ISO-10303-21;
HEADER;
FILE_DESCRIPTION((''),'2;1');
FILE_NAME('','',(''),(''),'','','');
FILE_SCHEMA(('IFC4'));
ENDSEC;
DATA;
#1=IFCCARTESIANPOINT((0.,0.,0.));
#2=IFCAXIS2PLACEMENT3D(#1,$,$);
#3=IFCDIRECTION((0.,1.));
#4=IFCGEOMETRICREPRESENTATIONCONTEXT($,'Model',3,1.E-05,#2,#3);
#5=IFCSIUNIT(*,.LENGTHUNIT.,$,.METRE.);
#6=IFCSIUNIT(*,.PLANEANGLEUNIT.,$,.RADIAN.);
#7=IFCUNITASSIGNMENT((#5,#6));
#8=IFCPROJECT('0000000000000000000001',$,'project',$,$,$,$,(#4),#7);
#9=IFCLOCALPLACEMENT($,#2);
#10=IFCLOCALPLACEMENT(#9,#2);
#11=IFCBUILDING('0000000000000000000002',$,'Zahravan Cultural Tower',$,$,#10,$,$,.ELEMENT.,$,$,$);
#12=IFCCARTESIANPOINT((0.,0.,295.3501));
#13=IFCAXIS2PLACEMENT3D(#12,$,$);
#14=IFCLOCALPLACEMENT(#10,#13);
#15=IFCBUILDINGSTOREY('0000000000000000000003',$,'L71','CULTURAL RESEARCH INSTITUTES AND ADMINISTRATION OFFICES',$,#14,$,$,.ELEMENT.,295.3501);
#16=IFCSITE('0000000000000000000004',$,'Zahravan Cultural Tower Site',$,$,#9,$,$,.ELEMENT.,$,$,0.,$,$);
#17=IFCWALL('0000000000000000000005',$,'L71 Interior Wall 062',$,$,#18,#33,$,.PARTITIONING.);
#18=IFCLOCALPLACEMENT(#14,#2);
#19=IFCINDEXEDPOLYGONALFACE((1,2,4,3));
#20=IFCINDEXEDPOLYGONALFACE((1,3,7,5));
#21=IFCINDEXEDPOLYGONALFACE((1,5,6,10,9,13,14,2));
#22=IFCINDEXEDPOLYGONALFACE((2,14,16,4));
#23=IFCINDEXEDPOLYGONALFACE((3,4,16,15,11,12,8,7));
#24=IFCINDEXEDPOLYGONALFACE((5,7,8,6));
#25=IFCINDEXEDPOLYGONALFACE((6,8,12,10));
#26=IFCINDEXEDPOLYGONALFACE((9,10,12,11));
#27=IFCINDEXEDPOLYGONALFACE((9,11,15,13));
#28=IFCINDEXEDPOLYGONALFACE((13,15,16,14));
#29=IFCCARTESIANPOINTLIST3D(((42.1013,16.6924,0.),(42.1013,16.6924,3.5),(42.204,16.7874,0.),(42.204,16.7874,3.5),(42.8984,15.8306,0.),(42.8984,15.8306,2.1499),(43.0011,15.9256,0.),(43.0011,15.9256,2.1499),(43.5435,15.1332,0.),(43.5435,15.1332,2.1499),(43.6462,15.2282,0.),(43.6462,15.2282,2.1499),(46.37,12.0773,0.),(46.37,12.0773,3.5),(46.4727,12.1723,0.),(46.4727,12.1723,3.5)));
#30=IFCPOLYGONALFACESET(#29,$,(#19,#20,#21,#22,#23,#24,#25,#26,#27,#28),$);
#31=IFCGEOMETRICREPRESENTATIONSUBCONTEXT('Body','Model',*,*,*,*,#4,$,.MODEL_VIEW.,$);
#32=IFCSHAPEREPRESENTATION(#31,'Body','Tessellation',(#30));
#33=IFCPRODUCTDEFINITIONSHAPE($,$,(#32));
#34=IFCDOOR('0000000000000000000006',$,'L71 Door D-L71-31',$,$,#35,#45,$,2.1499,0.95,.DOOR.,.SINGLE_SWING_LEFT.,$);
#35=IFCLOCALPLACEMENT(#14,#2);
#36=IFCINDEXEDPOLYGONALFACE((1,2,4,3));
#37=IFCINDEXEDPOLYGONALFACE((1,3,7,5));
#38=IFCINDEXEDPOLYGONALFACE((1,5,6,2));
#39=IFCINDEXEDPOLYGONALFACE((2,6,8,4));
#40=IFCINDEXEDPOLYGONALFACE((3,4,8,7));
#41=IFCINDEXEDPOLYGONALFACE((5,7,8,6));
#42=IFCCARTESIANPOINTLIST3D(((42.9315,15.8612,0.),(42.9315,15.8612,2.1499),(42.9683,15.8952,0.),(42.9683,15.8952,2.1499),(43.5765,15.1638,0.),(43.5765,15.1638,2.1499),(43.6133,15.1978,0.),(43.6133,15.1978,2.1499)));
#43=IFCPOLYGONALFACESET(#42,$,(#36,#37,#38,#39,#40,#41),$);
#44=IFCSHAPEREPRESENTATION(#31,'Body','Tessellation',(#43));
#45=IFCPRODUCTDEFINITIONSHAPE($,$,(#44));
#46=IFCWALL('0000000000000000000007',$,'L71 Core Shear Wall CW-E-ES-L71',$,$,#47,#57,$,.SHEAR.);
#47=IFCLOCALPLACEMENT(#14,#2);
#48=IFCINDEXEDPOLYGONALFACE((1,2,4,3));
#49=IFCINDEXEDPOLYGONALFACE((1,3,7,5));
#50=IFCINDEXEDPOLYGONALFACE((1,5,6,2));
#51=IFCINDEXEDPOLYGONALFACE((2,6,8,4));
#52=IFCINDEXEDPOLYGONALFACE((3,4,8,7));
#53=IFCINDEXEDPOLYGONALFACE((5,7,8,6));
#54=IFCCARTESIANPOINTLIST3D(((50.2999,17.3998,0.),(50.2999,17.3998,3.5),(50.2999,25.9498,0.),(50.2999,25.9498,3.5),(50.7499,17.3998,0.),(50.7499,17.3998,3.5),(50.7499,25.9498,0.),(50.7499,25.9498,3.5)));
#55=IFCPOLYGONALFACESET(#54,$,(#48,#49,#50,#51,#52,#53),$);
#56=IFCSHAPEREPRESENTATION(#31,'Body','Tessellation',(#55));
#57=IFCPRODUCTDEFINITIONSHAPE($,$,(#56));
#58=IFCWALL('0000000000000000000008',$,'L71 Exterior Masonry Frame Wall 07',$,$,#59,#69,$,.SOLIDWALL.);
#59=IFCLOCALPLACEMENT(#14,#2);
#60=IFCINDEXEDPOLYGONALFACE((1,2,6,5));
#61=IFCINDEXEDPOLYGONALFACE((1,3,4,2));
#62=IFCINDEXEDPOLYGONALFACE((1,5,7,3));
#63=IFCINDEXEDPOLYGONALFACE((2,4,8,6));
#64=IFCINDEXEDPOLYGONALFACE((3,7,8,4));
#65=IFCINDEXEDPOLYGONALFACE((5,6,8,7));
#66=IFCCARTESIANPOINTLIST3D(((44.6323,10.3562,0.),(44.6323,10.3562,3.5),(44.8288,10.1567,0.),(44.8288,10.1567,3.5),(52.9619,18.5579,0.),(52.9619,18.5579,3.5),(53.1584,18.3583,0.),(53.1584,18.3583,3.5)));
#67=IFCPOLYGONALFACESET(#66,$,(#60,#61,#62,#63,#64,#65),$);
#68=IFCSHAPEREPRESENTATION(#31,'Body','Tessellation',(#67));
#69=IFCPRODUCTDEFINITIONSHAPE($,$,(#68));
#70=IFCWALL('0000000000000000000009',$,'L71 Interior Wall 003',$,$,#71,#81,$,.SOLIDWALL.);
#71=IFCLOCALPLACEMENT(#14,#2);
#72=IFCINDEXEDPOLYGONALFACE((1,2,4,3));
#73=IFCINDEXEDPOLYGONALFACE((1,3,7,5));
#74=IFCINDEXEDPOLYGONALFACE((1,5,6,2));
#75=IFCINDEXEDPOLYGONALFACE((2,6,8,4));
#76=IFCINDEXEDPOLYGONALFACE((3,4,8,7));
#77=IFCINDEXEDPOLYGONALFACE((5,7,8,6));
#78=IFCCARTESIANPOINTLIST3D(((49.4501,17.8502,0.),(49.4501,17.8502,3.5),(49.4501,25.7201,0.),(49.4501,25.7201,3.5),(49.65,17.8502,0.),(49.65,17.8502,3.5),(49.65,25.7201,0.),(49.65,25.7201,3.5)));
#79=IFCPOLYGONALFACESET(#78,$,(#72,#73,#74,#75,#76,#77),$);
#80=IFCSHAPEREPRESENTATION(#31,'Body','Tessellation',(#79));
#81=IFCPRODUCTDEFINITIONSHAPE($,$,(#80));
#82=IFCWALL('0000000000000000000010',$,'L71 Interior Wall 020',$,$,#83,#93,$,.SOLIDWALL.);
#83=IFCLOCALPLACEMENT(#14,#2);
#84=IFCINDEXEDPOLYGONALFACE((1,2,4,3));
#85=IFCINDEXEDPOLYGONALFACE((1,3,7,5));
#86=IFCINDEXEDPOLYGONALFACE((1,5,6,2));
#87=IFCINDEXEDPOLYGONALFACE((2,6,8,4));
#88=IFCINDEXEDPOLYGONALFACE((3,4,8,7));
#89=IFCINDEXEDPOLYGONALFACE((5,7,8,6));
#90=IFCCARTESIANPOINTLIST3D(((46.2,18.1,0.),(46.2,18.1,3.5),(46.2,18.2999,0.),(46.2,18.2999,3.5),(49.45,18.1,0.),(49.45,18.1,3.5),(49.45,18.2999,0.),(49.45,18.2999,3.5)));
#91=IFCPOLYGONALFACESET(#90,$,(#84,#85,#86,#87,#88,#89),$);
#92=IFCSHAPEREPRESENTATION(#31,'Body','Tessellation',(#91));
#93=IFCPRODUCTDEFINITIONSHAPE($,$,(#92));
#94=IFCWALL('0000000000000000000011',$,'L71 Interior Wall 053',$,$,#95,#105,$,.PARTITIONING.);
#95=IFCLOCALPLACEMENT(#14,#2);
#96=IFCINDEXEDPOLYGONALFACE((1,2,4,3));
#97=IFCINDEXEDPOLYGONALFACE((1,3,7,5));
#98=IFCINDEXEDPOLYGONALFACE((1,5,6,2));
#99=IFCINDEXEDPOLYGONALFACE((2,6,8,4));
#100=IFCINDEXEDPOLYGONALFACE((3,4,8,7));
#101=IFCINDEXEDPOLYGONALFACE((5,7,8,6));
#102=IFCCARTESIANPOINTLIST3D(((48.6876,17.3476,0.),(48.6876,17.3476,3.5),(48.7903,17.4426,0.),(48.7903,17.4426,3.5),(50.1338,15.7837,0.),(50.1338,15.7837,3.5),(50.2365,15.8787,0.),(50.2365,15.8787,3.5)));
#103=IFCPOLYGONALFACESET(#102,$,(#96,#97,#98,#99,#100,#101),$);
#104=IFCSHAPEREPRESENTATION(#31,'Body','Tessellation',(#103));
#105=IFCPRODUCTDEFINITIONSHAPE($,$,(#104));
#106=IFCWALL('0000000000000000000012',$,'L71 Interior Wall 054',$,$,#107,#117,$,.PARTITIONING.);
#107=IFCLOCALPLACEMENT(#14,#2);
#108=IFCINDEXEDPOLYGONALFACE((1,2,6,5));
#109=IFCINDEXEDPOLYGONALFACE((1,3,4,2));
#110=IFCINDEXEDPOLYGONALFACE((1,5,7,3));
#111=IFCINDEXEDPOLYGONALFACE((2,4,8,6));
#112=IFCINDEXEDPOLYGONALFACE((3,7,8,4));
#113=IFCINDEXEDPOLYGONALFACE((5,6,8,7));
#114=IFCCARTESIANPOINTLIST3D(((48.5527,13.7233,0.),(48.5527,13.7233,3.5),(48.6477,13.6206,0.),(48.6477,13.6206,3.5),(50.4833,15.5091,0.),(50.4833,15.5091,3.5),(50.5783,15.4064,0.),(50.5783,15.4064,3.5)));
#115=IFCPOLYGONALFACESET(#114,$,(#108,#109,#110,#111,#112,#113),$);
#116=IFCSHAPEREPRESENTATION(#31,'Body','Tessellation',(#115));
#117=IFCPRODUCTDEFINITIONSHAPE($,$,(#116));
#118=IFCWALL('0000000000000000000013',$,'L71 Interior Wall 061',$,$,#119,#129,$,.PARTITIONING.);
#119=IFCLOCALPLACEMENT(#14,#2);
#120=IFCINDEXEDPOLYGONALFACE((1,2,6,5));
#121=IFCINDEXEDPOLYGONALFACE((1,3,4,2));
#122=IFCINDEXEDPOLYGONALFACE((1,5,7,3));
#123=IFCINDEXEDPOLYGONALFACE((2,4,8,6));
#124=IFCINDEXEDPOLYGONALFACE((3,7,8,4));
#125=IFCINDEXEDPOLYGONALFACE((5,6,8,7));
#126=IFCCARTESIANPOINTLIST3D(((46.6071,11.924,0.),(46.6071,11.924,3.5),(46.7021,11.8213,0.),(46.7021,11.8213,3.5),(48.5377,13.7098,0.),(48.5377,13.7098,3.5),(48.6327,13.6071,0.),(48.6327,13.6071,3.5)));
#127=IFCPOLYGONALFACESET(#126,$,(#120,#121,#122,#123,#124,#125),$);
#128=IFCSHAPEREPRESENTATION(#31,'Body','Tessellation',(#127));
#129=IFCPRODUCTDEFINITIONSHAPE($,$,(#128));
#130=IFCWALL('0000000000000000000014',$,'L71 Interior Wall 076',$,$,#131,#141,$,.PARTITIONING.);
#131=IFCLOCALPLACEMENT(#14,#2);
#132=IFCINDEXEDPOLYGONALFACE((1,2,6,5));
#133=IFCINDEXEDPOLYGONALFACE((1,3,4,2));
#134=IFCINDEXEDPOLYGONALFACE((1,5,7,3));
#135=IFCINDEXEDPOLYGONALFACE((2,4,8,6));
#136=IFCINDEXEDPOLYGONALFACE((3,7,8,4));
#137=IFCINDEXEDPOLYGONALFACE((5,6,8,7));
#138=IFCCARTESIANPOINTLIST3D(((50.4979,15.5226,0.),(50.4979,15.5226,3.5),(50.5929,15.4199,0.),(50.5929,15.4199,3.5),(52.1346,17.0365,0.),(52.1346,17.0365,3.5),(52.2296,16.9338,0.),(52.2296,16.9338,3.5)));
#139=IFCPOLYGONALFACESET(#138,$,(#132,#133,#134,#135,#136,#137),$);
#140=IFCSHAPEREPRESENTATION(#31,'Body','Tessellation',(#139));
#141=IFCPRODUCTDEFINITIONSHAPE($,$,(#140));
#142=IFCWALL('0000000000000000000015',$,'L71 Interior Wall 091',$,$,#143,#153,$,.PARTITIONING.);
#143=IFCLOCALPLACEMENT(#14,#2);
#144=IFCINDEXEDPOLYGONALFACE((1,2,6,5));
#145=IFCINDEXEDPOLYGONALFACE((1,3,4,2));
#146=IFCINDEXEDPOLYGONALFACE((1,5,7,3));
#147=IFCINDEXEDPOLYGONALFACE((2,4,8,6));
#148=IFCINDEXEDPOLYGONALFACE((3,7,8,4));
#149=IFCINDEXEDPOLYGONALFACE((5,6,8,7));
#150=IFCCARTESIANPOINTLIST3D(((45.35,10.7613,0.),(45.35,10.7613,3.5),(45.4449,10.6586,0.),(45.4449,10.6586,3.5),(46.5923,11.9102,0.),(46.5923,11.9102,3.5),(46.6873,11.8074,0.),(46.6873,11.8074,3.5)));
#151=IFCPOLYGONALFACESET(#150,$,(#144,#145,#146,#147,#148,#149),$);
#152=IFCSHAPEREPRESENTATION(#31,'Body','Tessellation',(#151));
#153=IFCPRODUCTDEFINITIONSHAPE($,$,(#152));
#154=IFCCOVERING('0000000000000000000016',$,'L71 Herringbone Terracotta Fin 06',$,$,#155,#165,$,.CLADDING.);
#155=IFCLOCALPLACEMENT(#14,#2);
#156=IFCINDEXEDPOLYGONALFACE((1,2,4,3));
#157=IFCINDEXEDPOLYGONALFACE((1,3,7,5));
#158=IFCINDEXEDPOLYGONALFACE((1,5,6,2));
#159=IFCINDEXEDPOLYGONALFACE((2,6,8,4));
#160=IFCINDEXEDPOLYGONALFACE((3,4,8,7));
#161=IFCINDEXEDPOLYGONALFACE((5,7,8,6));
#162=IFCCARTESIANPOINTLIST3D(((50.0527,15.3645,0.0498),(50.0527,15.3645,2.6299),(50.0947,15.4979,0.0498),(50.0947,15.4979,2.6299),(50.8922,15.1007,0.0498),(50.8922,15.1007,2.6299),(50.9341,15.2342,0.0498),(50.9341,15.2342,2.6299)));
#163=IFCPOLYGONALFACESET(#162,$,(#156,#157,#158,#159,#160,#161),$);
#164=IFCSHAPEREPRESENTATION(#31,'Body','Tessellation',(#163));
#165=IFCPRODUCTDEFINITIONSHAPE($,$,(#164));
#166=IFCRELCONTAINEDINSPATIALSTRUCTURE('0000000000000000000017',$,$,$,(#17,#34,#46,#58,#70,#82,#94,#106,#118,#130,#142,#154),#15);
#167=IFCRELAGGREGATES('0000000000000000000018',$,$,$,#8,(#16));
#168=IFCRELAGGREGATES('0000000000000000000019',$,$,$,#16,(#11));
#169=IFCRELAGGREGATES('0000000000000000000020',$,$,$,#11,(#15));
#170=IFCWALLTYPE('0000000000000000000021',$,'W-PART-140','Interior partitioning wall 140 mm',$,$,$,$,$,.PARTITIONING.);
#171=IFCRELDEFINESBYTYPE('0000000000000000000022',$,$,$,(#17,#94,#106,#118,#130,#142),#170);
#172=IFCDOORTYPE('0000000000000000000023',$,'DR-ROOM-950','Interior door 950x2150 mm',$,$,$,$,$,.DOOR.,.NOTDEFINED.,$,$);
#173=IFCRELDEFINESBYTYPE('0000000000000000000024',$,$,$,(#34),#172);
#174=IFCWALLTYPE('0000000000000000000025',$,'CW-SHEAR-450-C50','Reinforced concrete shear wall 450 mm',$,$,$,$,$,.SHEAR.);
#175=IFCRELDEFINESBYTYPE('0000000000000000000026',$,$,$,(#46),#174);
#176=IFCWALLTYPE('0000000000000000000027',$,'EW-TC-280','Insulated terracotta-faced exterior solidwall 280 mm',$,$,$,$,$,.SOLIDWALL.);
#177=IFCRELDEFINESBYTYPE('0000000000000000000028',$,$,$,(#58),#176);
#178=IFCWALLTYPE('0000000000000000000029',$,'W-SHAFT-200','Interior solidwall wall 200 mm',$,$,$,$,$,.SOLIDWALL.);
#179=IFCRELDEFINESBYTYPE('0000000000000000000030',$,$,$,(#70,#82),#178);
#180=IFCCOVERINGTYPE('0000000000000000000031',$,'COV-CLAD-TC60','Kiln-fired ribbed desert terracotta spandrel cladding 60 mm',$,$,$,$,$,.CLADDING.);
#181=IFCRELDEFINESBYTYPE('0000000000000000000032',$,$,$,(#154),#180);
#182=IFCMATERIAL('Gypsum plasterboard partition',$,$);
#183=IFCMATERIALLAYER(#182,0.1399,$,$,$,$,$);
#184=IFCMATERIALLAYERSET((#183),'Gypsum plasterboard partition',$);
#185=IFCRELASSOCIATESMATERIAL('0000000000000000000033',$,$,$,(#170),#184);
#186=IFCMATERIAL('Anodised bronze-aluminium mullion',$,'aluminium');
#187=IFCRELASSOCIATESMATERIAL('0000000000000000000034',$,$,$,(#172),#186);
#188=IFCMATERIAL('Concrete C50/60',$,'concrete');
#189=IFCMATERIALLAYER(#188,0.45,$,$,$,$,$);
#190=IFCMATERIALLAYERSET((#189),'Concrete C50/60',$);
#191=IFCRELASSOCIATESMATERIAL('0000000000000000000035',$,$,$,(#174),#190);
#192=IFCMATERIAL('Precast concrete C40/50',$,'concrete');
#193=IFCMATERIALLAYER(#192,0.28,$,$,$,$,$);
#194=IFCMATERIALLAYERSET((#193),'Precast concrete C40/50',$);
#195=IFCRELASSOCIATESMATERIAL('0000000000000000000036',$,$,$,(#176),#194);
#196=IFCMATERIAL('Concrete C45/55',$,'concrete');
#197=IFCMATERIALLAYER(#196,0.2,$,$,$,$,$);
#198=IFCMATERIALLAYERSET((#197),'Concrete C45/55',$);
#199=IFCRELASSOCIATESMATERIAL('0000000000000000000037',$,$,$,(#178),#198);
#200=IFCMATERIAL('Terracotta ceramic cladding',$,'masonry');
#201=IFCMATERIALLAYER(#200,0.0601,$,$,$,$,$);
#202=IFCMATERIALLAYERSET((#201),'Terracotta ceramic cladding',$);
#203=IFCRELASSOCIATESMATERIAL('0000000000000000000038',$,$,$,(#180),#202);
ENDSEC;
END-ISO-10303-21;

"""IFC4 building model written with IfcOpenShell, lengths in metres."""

from ifc_helpers import new_model, si_unit, direction, frame, frame_2d, origin, origin_2d, place, context, subcontext, project, spatial, rectangle, extrude, source, transform, mapped, material, layer, layer_set, type_object, element, fill, save


model = new_model("IFC4")

# Units and contexts
model_context = context("Model", 3, precision=1e-05, world=origin(), true_north=direction((0.0, 1.0)))
body_context = subcontext(model_context, "Body", "Model", "MODEL_VIEW")
ifc_project = project(units=[si_unit("LENGTHUNIT", "METRE"), si_unit("PLANEANGLEUNIT", "RADIAN")], contexts=[model_context])

# Site, building, storey
site_placement = place(None, origin())
site = spatial("IfcSite", under=ifc_project, at=site_placement, Name="Zahravan Cultural Tower Site", CompositionType="ELEMENT", RefElevation=0.0)
building_placement = place(site_placement, origin())
building = spatial("IfcBuilding", under=site, at=building_placement, Name="Zahravan Cultural Tower", CompositionType="ELEMENT")
storey_placement = place(building_placement, frame((0.0, 0.0, 295.3501)))
storey = spatial("IfcBuildingStorey", under=building, at=storey_placement, Name="L71", Description="CULTURAL RESEARCH INSTITUTES AND ADMINISTRATION OFFICES", CompositionType="ELEMENT", Elevation=295.3501)

# Shared definitions
ifc_material_1 = material(Name="Concrete C50/60", Category="concrete")

# Wall, opening, door
ifc_material_2 = material(Name="Gypsum plasterboard partition")
ifc_layer_1 = layer(ifc_material_2, 0.1399)
ifc_layer_set_1 = layer_set([ifc_layer_1], Name="Gypsum plasterboard partition")
wall_type_1 = type_object("IfcWallType", Name="W-PART-140", Description="Interior partitioning wall 140 mm", PredefinedType="PARTITIONING", material=ifc_layer_set_1)
ifc_material_3 = material(Name="Anodised bronze-aluminium mullion", Category="aluminium")
door_type = type_object("IfcDoorType", Name="DR-ROOM-950", Description="Interior door 950x2150 mm", OperationType="NOTDEFINED", PredefinedType="DOOR", material=ifc_material_3)
shared_shape_1 = source(origin(), body_context, "Body", "SweptSolid", [
    extrude(rectangle(XDim=0.95, YDim=2.1499, at=frame_2d((0.4751, 1.075))), frame((0.0, 0.0249, 0.0), z_axis=(0.0, -1.0, 0.0), x_axis=(1.0, 0.0, 0.0)), (0.0, 0.0, 1.0), 0.05),
])
wall_1_placement = place(storey_placement, frame((46.4214, 12.1248, 0.0), z_axis=(0.0, 0.0, 1.0), x_axis=(-0.679017, 0.734123, 0.0)))
wall_1 = element("IfcWall", 1, at=wall_1_placement, inside=storey, type_object=wall_type_1, Name="L71 Interior Wall 062", PredefinedType="PARTITIONING", context=body_context, shape_type="SweptSolid", body=[
    extrude(rectangle(XDim=6.2866, YDim=0.1399, at=frame_2d((3.1433, 0.0))), origin(), (0.0, 0.0, 1.0), 3.5),
])
opening_1_placement = place(wall_1_placement, frame((4.1626, 0.0, 0.0)))
opening_1 = element("IfcOpeningElement", 2, at=opening_1_placement, cuts=wall_1, PredefinedType="OPENING", context=body_context, shape_type="SweptSolid", body=[
    extrude(rectangle(XDim=0.95, YDim=2.1499, at=frame_2d((0.4751, 1.075))), frame((0.0, 0.0798, 0.0), z_axis=(0.0, -1.0, 0.0), x_axis=(1.0, 0.0, 0.0)), (0.0, 0.0, 1.0), 0.1599),
])
door_1_placement = place(opening_1_placement, origin())
door_1 = element("IfcDoor", 3, at=door_1_placement, inside=storey, type_object=door_type, Name="L71 Door D-L71-31", OperationType="SINGLE_SWING_LEFT", OverallHeight=2.1499, OverallWidth=0.95, PredefinedType="DOOR", context=body_context, shape_type="MappedRepresentation", body=[
    mapped(shared_shape_1, transform((0.0, 0.0, 0.0), x_axis=(1.0, 0.0, 0.0), y_axis=(0.0, 1.0, 0.0), z_axis=(0.0, 0.0, 1.0), scale=1.0)),
])
fill(opening_1, door_1)

# Walls
ifc_layer_2 = layer(ifc_material_1, 0.45)
ifc_layer_set_2 = layer_set([ifc_layer_2], Name="Concrete C50/60")
wall_type_2 = type_object("IfcWallType", Name="CW-SHEAR-450-C50", Description="Reinforced concrete shear wall 450 mm", PredefinedType="SHEAR", material=ifc_layer_set_2)
shared_shape_2 = source(origin(), body_context, "Body", "SweptSolid", [
    extrude(rectangle(XDim=8.55, YDim=0.45, at=frame_2d((4.2749, 0.0))), origin(), (0.0, 0.0, 1.0), 3.5),
])
wall_2_placement = place(storey_placement, frame((50.5249, 17.3999, 0.0), z_axis=(0.0, 0.0, 1.0), x_axis=(0.0, 1.0, 0.0)))
element("IfcWall", 4, at=wall_2_placement, inside=storey, type_object=wall_type_2, Name="L71 Core Shear Wall CW-E-ES-L71", PredefinedType="SHEAR", context=body_context, shape_type="MappedRepresentation", body=[
    mapped(shared_shape_2, transform((0.0, 0.0, 0.0), x_axis=(1.0, 0.0, 0.0), y_axis=(0.0, 1.0, 0.0), z_axis=(0.0, 0.0, 1.0), scale=1.0)),
])
ifc_material_4 = material(Name="Precast concrete C40/50", Category="concrete")
ifc_layer_3 = layer(ifc_material_4, 0.28)
ifc_layer_set_3 = layer_set([ifc_layer_3], Name="Precast concrete C40/50")
wall_type_3 = type_object("IfcWallType", Name="EW-TC-280", Description="Insulated terracotta-faced exterior solidwall 280 mm", PredefinedType="SOLIDWALL", material=ifc_layer_set_3)
shared_shape_3 = source(origin(), body_context, "Body", "SweptSolid", [
    extrude(rectangle(XDim=11.6897, YDim=0.28, at=frame_2d((5.8447, 0.0))), origin(), (0.0, 0.0, 1.0), 3.5),
])
wall_3_placement = place(storey_placement, frame((53.0601, 18.458, 0.0), z_axis=(0.0, 0.0, 1.0), x_axis=(-0.712558, -0.701614, 0.0)))
element("IfcWall", 5, at=wall_3_placement, inside=storey, type_object=wall_type_3, Name="L71 Exterior Masonry Frame Wall 07", PredefinedType="SOLIDWALL", context=body_context, shape_type="MappedRepresentation", body=[
    mapped(shared_shape_3, transform((0.0, 0.0, 0.0), x_axis=(1.0, 0.0, 0.0), y_axis=(0.0, 1.0, 0.0), z_axis=(0.0, 0.0, 1.0), scale=1.0)),
])
ifc_material_5 = material(Name="Concrete C45/55", Category="concrete")
ifc_layer_4 = layer(ifc_material_5, 0.2)
ifc_layer_set_4 = layer_set([ifc_layer_4], Name="Concrete C45/55")
wall_type_4 = type_object("IfcWallType", Name="W-SHAFT-200", Description="Interior solidwall wall 200 mm", PredefinedType="SOLIDWALL", material=ifc_layer_set_4)
shared_shape_4 = source(origin(), body_context, "Body", "SweptSolid", [
    extrude(rectangle(XDim=7.8699, YDim=0.2, at=frame_2d((3.9351, 0.0))), origin(), (0.0, 0.0, 1.0), 3.5),
])
wall_4_placement = place(storey_placement, frame((49.55, 17.8501, 0.0), z_axis=(0.0, 0.0, 1.0), x_axis=(0.0, 1.0, 0.0)))
element("IfcWall", 6, at=wall_4_placement, inside=storey, type_object=wall_type_4, Name="L71 Interior Wall 003", PredefinedType="SOLIDWALL", context=body_context, shape_type="MappedRepresentation", body=[
    mapped(shared_shape_4, transform((0.0, 0.0, 0.0), x_axis=(1.0, 0.0, 0.0), y_axis=(0.0, 1.0, 0.0), z_axis=(0.0, 0.0, 1.0), scale=1.0)),
])
shared_shape_5 = source(origin(), body_context, "Body", "SweptSolid", [
    extrude(rectangle(XDim=3.25, YDim=0.2, at=frame_2d((1.625, 0.0))), origin(), (0.0, 0.0, 1.0), 3.5),
])
wall_5_placement = place(storey_placement, frame((46.2, 18.2, 0.0), z_axis=(0.0, 0.0, 1.0), x_axis=(1.0, 0.0, 0.0)))
element("IfcWall", 7, at=wall_5_placement, inside=storey, type_object=wall_type_4, Name="L71 Interior Wall 020", PredefinedType="SOLIDWALL", context=body_context, shape_type="MappedRepresentation", body=[
    mapped(shared_shape_5, transform((0.0, 0.0, 0.0), x_axis=(1.0, 0.0, 0.0), y_axis=(0.0, 1.0, 0.0), z_axis=(0.0, 0.0, 1.0), scale=1.0)),
])
shared_shape_6 = source(origin(), body_context, "Body", "SweptSolid", [
    extrude(rectangle(XDim=2.1301, YDim=0.1399, at=frame_2d((1.0649, 0.0))), origin(), (0.0, 0.0, 1.0), 3.5),
])
wall_6_placement = place(storey_placement, frame((48.739, 17.395, 0.0), z_axis=(0.0, 0.0, 1.0), x_axis=(0.678946, -0.734188, 0.0)))
element("IfcWall", 8, at=wall_6_placement, inside=storey, type_object=wall_type_1, Name="L71 Interior Wall 053", PredefinedType="PARTITIONING", context=body_context, shape_type="MappedRepresentation", body=[
    mapped(shared_shape_6, transform((0.0, 0.0, 0.0), x_axis=(1.0, 0.0, 0.0), y_axis=(0.0, 1.0, 0.0), z_axis=(0.0, 0.0, 1.0), scale=1.0)),
])
shared_shape_7 = source(origin(), body_context, "Body", "SweptSolid", [
    extrude(rectangle(XDim=2.6299, YDim=0.1399, at=frame_2d((1.3149, 0.0))), origin(), (0.0, 0.0, 1.0), 3.5),
])
for number, where, z_axis, x_axis, name in (
    (9, (50.5308, 15.4578, 0.0), (0.0, 0.0, 1.0), (-0.734095, -0.679047, 0.0), "L71 Interior Wall 054"),
    (10, (48.5852, 13.6584, 0.0), (0.0, 0.0, 1.0), (-0.734095, -0.679047, 0.0), "L71 Interior Wall 061"),
):
    element("IfcWall", number, at=place(storey_placement, frame(where, z_axis=z_axis, x_axis=x_axis)), inside=storey, type_object=wall_type_1, Name=name, PredefinedType="PARTITIONING", context=body_context, shape_type="MappedRepresentation", body=[
        mapped(shared_shape_7, transform((0.0, 0.0, 0.0), x_axis=(1.0, 0.0, 0.0), y_axis=(0.0, 1.0, 0.0), z_axis=(0.0, 0.0, 1.0), scale=1.0)),
    ])
shared_shape_8 = source(origin(), body_context, "Body", "SweptSolid", [
    extrude(rectangle(XDim=2.2295, YDim=0.1399, at=frame_2d((1.1147, 0.0))), origin(), (0.0, 0.0, 1.0), 3.5),
])
wall_7_placement = place(storey_placement, frame((52.1821, 16.9851, 0.0), z_axis=(0.0, 0.0, 1.0), x_axis=(-0.73411, -0.67903, 0.0)))
element("IfcWall", 11, at=wall_7_placement, inside=storey, type_object=wall_type_1, Name="L71 Interior Wall 076", PredefinedType="PARTITIONING", context=body_context, shape_type="MappedRepresentation", body=[
    mapped(shared_shape_8, transform((0.0, 0.0, 0.0), x_axis=(1.0, 0.0, 0.0), y_axis=(0.0, 1.0, 0.0), z_axis=(0.0, 0.0, 1.0), scale=1.0)),
])
shared_shape_9 = source(origin(), body_context, "Body", "SweptSolid", [
    extrude(rectangle(XDim=1.6921, YDim=0.1399, at=frame_2d((0.8462, 0.0))), origin(), (0.0, 0.0, 1.0), 3.5),
])
wall_8_placement = place(storey_placement, frame((46.6399, 11.8589, 0.0), z_axis=(0.0, 0.0, 1.0), x_axis=(-0.734195, -0.678939, 0.0)))
element("IfcWall", 12, at=wall_8_placement, inside=storey, type_object=wall_type_1, Name="L71 Interior Wall 091", PredefinedType="PARTITIONING", context=body_context, shape_type="MappedRepresentation", body=[
    mapped(shared_shape_9, transform((0.0, 0.0, 0.0), x_axis=(1.0, 0.0, 0.0), y_axis=(0.0, 1.0, 0.0), z_axis=(0.0, 0.0, 1.0), scale=1.0)),
])

# Covering
ifc_material_6 = material(Name="Terracotta ceramic cladding", Category="masonry")
ifc_layer_5 = layer(ifc_material_6, 0.0601)
ifc_layer_set_5 = layer_set([ifc_layer_5], Name="Terracotta ceramic cladding")
covering_type = type_object("IfcCoveringType", Name="COV-CLAD-TC60", Description="Kiln-fired ribbed desert terracotta spandrel cladding 60 mm", PredefinedType="CLADDING", material=ifc_layer_set_5)
shared_shape_10 = source(origin(), body_context, "Body", "SweptSolid", [
    extrude(rectangle(XDim=0.8799, YDim=0.1399, at=origin_2d()), origin(), (0.0, 0.0, 1.0), 2.5801),
])
for number, where, z_axis, x_axis, name in (
    (13, (50.4934, 15.2993, 0.0498), (0.0, 0.0, 1.0), (0.954016, -0.299757, 0.0), "L71 Herringbone Terracotta Fin 06"),
):
    element("IfcCovering", number, at=place(storey_placement, frame(where, z_axis=z_axis, x_axis=x_axis)), inside=storey, type_object=covering_type, Name=name, PredefinedType="CLADDING", context=body_context, shape_type="MappedRepresentation", body=[
        mapped(shared_shape_10, transform((0.0, 0.0, 0.0), x_axis=(1.0, 0.0, 0.0), y_axis=(0.0, 1.0, 0.0), z_axis=(0.0, 0.0, 1.0), scale=1.0)),
    ])

save(model, "model.ifc")
